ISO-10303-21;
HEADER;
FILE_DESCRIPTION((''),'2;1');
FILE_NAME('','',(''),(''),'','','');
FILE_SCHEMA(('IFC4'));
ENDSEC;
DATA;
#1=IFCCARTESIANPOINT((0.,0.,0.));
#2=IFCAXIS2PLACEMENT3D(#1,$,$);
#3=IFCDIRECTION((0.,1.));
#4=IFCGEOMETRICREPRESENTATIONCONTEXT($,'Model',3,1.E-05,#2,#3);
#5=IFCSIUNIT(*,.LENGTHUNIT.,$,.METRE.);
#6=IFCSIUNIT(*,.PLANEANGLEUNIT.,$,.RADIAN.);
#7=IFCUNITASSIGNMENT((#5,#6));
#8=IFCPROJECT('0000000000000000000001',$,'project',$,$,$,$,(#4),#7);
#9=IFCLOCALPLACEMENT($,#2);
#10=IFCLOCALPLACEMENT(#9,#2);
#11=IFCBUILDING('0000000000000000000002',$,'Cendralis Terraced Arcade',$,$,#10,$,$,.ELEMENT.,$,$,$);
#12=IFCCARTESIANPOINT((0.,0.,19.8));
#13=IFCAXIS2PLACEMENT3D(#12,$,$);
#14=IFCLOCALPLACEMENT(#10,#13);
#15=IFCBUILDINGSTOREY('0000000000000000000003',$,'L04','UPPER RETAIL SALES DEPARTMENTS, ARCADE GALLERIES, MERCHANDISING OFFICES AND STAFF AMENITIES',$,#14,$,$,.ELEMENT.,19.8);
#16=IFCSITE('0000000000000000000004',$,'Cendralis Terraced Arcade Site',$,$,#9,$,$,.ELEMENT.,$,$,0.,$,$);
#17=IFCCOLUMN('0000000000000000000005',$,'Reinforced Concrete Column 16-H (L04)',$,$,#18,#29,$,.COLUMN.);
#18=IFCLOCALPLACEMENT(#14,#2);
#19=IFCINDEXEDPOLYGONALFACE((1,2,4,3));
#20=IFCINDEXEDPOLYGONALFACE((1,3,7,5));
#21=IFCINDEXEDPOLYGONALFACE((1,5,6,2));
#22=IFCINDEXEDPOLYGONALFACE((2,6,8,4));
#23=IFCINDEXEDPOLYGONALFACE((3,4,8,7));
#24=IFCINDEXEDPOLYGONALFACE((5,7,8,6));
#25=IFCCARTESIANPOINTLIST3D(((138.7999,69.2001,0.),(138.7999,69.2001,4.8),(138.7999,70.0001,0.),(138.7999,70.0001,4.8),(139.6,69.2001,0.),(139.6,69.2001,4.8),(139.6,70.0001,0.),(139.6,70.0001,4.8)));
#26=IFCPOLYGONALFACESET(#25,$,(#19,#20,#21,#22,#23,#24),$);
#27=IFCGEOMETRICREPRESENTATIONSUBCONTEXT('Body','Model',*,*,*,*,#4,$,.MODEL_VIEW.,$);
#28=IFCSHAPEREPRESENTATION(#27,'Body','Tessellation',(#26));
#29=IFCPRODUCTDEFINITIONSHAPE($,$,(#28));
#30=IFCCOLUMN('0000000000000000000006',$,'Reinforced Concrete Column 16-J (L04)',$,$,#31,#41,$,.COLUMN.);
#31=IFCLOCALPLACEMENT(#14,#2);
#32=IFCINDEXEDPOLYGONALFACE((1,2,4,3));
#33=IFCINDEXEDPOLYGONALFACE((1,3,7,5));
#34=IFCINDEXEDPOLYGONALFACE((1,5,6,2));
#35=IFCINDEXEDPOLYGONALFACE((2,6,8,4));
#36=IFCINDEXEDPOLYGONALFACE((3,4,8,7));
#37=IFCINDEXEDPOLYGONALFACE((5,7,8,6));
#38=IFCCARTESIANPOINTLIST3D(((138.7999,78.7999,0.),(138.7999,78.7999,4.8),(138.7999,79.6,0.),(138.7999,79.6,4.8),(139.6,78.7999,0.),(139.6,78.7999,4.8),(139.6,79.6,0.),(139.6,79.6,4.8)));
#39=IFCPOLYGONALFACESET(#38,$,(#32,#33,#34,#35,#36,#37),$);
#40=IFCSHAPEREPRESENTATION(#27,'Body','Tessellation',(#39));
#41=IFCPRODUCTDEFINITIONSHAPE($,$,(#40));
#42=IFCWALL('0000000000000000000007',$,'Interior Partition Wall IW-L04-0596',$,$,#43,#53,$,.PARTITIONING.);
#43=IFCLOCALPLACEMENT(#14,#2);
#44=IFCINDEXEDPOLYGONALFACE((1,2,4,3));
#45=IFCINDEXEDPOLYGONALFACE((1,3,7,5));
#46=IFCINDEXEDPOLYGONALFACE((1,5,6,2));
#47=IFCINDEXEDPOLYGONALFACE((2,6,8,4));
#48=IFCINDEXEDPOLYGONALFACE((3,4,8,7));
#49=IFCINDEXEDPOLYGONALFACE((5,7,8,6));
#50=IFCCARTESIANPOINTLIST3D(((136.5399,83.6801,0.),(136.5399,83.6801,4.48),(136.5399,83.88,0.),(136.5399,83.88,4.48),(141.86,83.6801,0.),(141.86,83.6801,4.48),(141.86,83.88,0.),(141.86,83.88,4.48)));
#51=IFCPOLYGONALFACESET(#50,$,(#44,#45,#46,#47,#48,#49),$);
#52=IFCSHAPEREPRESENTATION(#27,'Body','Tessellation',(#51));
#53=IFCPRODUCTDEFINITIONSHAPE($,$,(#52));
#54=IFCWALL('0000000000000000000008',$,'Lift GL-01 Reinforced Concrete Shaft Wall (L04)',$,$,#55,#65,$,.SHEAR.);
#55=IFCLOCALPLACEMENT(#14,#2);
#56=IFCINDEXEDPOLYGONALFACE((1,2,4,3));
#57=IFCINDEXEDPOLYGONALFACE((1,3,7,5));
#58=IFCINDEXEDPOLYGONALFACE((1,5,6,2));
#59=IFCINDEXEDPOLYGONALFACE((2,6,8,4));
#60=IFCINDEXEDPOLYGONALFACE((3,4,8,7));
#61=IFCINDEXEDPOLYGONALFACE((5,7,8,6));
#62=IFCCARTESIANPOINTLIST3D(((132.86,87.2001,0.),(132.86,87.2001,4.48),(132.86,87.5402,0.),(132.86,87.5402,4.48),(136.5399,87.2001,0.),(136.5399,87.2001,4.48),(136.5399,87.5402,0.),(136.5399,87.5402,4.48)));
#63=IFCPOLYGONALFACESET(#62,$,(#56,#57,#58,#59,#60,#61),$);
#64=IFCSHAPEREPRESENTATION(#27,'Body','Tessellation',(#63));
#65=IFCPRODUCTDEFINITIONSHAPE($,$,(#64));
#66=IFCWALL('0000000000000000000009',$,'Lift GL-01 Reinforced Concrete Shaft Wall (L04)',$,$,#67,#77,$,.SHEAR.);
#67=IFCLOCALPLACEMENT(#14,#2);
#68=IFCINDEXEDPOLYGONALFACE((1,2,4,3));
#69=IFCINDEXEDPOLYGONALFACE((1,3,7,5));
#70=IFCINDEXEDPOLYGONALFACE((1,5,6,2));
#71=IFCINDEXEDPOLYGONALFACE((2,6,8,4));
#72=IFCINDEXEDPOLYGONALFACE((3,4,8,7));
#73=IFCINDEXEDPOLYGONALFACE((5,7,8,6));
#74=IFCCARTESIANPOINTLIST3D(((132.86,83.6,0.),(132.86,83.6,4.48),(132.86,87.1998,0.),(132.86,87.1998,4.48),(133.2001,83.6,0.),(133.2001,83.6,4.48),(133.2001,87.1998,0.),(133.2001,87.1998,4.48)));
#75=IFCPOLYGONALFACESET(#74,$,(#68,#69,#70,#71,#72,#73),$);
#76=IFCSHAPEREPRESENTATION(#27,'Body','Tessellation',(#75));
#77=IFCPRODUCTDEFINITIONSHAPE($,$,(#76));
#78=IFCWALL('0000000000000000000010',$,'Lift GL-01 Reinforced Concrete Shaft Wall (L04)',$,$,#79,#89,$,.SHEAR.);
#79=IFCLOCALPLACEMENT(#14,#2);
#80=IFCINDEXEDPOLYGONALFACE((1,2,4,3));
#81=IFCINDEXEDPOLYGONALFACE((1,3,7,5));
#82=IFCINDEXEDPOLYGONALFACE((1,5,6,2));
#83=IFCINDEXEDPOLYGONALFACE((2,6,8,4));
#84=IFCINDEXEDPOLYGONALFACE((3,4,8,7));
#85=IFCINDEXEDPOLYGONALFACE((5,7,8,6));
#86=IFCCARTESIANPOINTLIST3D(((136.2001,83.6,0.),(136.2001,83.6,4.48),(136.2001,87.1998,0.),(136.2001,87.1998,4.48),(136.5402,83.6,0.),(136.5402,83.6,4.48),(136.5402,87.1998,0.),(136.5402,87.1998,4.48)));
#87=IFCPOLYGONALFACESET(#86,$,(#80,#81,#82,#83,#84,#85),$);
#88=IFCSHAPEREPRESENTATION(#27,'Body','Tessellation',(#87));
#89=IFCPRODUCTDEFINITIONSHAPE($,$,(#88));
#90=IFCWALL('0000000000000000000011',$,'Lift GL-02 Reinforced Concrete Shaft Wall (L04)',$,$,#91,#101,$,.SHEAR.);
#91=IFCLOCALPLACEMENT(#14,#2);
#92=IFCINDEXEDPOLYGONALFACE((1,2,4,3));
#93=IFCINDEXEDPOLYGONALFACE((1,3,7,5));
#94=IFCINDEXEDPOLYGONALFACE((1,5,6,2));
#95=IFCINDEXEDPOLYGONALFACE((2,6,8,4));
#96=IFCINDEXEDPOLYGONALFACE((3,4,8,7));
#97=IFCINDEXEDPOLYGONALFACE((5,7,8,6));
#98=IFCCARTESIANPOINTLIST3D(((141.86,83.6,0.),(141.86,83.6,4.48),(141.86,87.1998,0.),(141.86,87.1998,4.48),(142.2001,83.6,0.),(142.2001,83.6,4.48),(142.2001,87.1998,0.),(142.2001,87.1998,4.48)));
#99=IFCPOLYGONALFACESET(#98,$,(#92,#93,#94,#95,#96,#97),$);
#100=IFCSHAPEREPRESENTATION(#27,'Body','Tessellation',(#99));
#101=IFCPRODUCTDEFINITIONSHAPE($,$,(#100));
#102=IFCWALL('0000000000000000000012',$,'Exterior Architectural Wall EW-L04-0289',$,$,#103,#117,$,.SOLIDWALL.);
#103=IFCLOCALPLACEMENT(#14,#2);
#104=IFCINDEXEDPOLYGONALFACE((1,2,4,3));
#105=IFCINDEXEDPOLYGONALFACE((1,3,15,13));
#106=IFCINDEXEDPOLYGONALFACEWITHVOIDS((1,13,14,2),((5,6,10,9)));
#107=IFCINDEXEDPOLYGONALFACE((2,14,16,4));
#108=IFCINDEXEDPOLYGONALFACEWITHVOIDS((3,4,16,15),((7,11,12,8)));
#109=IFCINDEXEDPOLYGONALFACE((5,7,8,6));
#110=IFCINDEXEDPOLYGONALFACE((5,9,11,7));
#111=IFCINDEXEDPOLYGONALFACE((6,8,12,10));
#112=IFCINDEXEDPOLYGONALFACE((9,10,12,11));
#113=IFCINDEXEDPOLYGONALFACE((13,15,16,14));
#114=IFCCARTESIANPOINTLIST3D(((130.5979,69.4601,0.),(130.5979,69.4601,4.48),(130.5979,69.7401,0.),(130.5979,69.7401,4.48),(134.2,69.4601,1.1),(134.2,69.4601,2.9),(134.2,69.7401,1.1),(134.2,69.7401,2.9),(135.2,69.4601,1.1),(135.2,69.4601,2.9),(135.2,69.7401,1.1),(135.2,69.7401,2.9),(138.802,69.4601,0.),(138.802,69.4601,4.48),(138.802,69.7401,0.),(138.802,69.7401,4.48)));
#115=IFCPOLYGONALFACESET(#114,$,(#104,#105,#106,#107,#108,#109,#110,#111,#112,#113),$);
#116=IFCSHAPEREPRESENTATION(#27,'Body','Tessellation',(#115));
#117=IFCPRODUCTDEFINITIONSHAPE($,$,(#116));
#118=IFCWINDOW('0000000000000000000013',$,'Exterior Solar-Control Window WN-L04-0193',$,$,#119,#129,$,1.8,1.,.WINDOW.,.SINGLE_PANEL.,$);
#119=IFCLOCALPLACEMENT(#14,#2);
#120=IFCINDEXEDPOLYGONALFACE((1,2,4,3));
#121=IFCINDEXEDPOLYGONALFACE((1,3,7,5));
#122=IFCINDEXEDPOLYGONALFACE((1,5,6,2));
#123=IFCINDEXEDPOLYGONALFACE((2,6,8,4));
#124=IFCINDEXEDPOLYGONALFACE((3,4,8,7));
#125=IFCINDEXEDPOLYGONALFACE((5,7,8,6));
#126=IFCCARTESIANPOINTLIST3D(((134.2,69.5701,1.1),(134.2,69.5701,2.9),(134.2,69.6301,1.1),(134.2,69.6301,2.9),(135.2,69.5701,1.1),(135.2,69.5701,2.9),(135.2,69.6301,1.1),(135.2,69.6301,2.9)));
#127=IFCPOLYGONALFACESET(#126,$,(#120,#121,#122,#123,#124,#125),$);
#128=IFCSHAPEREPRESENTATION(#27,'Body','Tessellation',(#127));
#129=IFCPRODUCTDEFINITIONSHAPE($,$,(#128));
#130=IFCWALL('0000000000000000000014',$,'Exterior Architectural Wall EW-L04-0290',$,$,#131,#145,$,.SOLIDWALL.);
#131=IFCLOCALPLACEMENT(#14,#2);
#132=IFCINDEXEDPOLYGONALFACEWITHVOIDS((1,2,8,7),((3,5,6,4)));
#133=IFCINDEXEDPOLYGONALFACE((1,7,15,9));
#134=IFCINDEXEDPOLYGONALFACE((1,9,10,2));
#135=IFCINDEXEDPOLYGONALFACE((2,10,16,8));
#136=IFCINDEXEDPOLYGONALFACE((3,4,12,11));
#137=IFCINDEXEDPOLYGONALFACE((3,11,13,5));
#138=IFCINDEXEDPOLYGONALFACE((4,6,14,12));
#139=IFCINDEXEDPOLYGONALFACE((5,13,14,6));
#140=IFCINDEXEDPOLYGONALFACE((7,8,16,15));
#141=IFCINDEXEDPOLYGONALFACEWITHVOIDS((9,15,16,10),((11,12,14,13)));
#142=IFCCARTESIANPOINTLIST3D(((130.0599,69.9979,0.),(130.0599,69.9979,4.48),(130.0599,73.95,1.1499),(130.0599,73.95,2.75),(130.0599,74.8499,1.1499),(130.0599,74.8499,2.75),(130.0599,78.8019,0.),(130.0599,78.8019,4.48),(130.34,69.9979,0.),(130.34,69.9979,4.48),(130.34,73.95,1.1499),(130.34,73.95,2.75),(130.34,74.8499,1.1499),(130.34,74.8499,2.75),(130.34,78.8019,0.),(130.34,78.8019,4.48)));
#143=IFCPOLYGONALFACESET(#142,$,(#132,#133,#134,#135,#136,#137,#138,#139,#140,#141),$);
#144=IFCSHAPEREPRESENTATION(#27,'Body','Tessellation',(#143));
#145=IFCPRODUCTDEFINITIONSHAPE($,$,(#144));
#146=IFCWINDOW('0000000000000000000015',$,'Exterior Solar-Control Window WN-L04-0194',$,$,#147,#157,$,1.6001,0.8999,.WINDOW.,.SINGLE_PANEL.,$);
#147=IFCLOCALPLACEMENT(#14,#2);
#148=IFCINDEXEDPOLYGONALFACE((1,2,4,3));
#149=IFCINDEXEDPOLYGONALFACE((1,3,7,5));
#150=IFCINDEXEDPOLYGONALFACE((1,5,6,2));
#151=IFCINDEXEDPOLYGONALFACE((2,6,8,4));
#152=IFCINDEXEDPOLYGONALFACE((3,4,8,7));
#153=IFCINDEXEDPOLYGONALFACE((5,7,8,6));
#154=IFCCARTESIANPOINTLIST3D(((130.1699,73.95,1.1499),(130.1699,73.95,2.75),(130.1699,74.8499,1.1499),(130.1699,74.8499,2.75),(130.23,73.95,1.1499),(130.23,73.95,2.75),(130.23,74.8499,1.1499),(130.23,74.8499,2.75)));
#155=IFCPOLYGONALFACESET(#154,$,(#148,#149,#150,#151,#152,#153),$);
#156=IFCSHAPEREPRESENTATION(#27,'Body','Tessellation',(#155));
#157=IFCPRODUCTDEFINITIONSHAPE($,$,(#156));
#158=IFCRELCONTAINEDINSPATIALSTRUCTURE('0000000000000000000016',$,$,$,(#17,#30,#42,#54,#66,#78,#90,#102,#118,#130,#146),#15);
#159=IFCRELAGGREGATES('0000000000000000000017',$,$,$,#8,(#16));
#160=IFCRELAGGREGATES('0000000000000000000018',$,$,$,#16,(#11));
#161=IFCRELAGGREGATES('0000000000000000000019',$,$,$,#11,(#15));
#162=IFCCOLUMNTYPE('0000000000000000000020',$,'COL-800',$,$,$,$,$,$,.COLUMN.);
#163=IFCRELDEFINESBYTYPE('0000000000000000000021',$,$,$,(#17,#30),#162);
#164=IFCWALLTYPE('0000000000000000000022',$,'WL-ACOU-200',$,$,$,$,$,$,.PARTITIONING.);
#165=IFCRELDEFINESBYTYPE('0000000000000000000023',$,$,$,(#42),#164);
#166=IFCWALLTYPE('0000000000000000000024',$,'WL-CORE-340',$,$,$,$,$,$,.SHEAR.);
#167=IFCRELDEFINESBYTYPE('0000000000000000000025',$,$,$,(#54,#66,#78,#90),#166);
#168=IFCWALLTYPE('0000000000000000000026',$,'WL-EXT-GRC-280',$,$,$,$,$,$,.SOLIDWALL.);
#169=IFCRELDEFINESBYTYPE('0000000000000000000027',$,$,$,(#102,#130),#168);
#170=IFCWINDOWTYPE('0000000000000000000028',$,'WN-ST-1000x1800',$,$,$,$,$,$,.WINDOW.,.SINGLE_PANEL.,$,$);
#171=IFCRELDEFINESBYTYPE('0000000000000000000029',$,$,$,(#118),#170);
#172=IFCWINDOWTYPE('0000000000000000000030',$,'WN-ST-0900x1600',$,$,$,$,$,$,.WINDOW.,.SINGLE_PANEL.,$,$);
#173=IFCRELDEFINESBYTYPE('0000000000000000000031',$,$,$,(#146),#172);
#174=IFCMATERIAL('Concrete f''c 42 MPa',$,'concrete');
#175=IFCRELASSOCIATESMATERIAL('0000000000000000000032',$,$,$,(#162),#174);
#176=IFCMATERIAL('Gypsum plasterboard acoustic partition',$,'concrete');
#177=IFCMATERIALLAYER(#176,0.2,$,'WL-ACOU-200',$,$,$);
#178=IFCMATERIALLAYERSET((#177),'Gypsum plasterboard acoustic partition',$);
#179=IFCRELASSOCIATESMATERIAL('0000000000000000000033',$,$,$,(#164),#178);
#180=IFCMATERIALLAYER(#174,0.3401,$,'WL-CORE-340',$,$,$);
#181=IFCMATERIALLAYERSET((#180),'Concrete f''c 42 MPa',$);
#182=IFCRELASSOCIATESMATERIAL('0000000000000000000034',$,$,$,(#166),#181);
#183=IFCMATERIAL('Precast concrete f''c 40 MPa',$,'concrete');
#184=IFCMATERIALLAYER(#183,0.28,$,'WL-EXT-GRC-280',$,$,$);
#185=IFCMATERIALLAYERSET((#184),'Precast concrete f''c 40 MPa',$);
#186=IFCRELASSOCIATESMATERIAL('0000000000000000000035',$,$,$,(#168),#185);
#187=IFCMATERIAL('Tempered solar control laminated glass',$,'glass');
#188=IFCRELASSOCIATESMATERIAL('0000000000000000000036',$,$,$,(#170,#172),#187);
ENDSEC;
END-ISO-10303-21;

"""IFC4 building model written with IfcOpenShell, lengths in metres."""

from ifc_helpers import new_model, si_unit, direction, frame, frame_2d, origin, origin_2d, place, context, subcontext, project, spatial, rectangle, extrude, material, layer, layer_set, material_profile, profile_set, type_object, element, fill, save


model = new_model("IFC4")

# Units and contexts
model_context = context("Model", 3, precision=1e-05, world=origin(), true_north=direction((0.0, 1.0)))
body_context = subcontext(model_context, "Body", "Model", "MODEL_VIEW")
ifc_project = project(units=[si_unit("LENGTHUNIT", "METRE"), si_unit("PLANEANGLEUNIT", "RADIAN")], contexts=[model_context])

# Site, building, storey
site_placement = place(None, origin())
site = spatial("IfcSite", under=ifc_project, at=site_placement, Name="Cendralis Terraced Arcade Site", CompositionType="ELEMENT", RefElevation=0.0)
building_placement = place(site_placement, origin())
building = spatial("IfcBuilding", under=site, at=building_placement, Name="Cendralis Terraced Arcade", CompositionType="ELEMENT")
storey_placement = place(building_placement, frame((0.0, 0.0, 19.8)))
storey = spatial("IfcBuildingStorey", under=building, at=storey_placement, Name="L04", Description="UPPER RETAIL SALES DEPARTMENTS, ARCADE GALLERIES, MERCHANDISING OFFICES AND STAFF AMENITIES", CompositionType="ELEMENT", Elevation=19.8)

# Columns
ifc_material_1 = material(Name="Concrete f'c 42 MPa", Category="concrete")
ifc_material_profile = material_profile(ifc_material_1, rectangle(XDim=0.8, YDim=0.8, at=origin_2d()), Name="RC-COL-800x800", Category="LoadBearing")
ifc_profile_set = profile_set([ifc_material_profile], Name="Concrete f'c 42 MPa")
column_type = type_object("IfcColumnType", Name="COL-800", PredefinedType="COLUMN", material=ifc_profile_set)
for number, where, z_axis, x_axis, name in (
    (1, (139.2, 69.6001, 0.0), (0.0, 0.0, 1.0), (1.0, 0.0, 0.0), "Reinforced Concrete Column 16-H (L04)"),
    (2, (139.2, 79.2, 0.0), (0.0, 0.0, 1.0), (1.0, 0.0, 0.0), "Reinforced Concrete Column 16-J (L04)"),
):
    element("IfcColumn", number, at=place(storey_placement, frame(where, z_axis=z_axis, x_axis=x_axis)), inside=storey, type_object=column_type, Name=name, PredefinedType="COLUMN", context=body_context, shape_type="SweptSolid", body=[
        extrude(rectangle(XDim=0.8, YDim=0.8, at=origin_2d()), origin(), (0.0, 0.0, 1.0), 4.8),
    ])

# Wall
ifc_material_2 = material(Name="Gypsum plasterboard acoustic partition", Category="concrete")
ifc_layer_1 = layer(ifc_material_2, 0.2, Name="WL-ACOU-200")
ifc_layer_set_1 = layer_set([ifc_layer_1], Name="Gypsum plasterboard acoustic partition")
wall_type_1 = type_object("IfcWallType", Name="WL-ACOU-200", PredefinedType="PARTITIONING", material=ifc_layer_set_1)
wall_1_placement = place(storey_placement, frame((141.8601, 83.78, 0.0), z_axis=(0.0, 0.0, 1.0), x_axis=(-1.0, 0.0, 0.0)))
element("IfcWall", 3, at=wall_1_placement, inside=storey, type_object=wall_type_1, Name="Interior Partition Wall IW-L04-0596", PredefinedType="PARTITIONING", context=body_context, shape_type="SweptSolid", body=[
    extrude(rectangle(XDim=5.3201, YDim=0.2, at=frame_2d((2.6602, 0.0))), origin(), (0.0, 0.0, 1.0), 4.48),
])

# Shared definitions
ifc_layer_2 = layer(ifc_material_1, 0.3401, Name="WL-CORE-340")
ifc_layer_set_2 = layer_set([ifc_layer_2], Name="Concrete f'c 42 MPa")
wall_type_2 = type_object("IfcWallType", Name="WL-CORE-340", PredefinedType="SHEAR", material=ifc_layer_set_2)

# Walls
wall_2_placement = place(storey_placement, frame((132.8601, 87.3701, 0.0), z_axis=(0.0, 0.0, 1.0), x_axis=(1.0, 0.0, 0.0)))
element("IfcWall", 4, at=wall_2_placement, inside=storey, type_object=wall_type_2, Name="Lift GL-01 Reinforced Concrete Shaft Wall (L04)", PredefinedType="SHEAR", context=body_context, shape_type="SweptSolid", body=[
    extrude(rectangle(XDim=3.6799, YDim=0.3401, at=frame_2d((1.8398, 0.0))), origin(), (0.0, 0.0, 1.0), 4.48),
])
for number, where, z_axis, x_axis, name in (
    (5, (133.03, 83.6001, 0.0), (0.0, 0.0, 1.0), (0.0, 1.0, 0.0), "Lift GL-01 Reinforced Concrete Shaft Wall (L04)"),
    (6, (136.3701, 83.6001, 0.0), (0.0, 0.0, 1.0), (0.0, 1.0, 0.0), "Lift GL-01 Reinforced Concrete Shaft Wall (L04)"),
):
    element("IfcWall", number, at=place(storey_placement, frame(where, z_axis=z_axis, x_axis=x_axis)), inside=storey, type_object=wall_type_2, Name=name, PredefinedType="SHEAR", context=body_context, shape_type="SweptSolid", body=[
        extrude(rectangle(XDim=3.5999, YDim=0.3401, at=frame_2d((1.7998, 0.0))), origin(), (0.0, 0.0, 1.0), 4.48),
    ])

# Wall
wall_3_placement = place(storey_placement, frame((142.03, 83.6001, 0.0), z_axis=(0.0, 0.0, 1.0), x_axis=(0.0, 1.0, 0.0)))
element("IfcWall", 7, at=wall_3_placement, inside=storey, type_object=wall_type_2, Name="Lift GL-02 Reinforced Concrete Shaft Wall (L04)", PredefinedType="SHEAR", context=body_context, shape_type="SweptSolid", body=[
    extrude(rectangle(XDim=3.5999, YDim=0.3401, at=frame_2d((1.7998, 0.0))), origin(), (0.0, 0.0, 1.0), 4.48),
])

# Walls, openings, windows
ifc_material_3 = material(Name="Precast concrete f'c 40 MPa", Category="concrete")
ifc_layer_3 = layer(ifc_material_3, 0.28, Name="WL-EXT-GRC-280")
ifc_layer_set_3 = layer_set([ifc_layer_3], Name="Precast concrete f'c 40 MPa")
wall_type_3 = type_object("IfcWallType", Name="WL-EXT-GRC-280", PredefinedType="SOLIDWALL", material=ifc_layer_set_3)
wall_4_placement = place(storey_placement, frame((138.802, 69.6001, 0.0), z_axis=(0.0, 0.0, 1.0), x_axis=(-1.0, 0.0, 0.0)))
wall_4 = element("IfcWall", 8, at=wall_4_placement, inside=storey, type_object=wall_type_3, Name="Exterior Architectural Wall EW-L04-0289", PredefinedType="SOLIDWALL", context=body_context, shape_type="SweptSolid", body=[
    extrude(rectangle(XDim=8.2041, YDim=0.28, at=frame_2d((4.1021, 0.0))), origin(), (0.0, 0.0, 1.0), 4.48),
])
opening_1_placement = place(wall_4_placement, frame((3.6021, 0.0, 1.1001)))
opening_1 = element("IfcOpeningElement", 9, at=opening_1_placement, cuts=wall_4, PredefinedType="OPENING", context=body_context, shape_type="SweptSolid", body=[
    extrude(rectangle(XDim=1.0, YDim=1.8, at=frame_2d((0.5, 0.8999))), frame((0.0, 0.1519, 0.0), z_axis=(0.0, -1.0, 0.0), x_axis=(1.0, 0.0, 0.0)), (0.0, 0.0, 1.0), 0.304),
])
ifc_material_4 = material(Name="Tempered solar control laminated glass", Category="glass")
window_type_1 = type_object("IfcWindowType", Name="WN-ST-1000x1800", PartitioningType="SINGLE_PANEL", PredefinedType="WINDOW", material=ifc_material_4)
window_1_placement = place(opening_1_placement, origin())
window_1 = element("IfcWindow", 10, at=window_1_placement, inside=storey, type_object=window_type_1, Name="Exterior Solar-Control Window WN-L04-0193", OverallHeight=1.8, OverallWidth=1.0, PartitioningType="SINGLE_PANEL", PredefinedType="WINDOW", context=body_context, shape_type="SweptSolid", body=[
    extrude(rectangle(XDim=1.0, YDim=1.8, at=frame_2d((0.5, 0.8999))), frame((0.0, 0.03, 0.0), z_axis=(0.0, -1.0, 0.0), x_axis=(1.0, 0.0, 0.0)), (0.0, 0.0, 1.0), 0.0601),
])
fill(opening_1, window_1)
wall_5_placement = place(storey_placement, frame((130.2, 69.998, 0.0), z_axis=(0.0, 0.0, 1.0), x_axis=(0.0, 1.0, 0.0)))
wall_5 = element("IfcWall", 11, at=wall_5_placement, inside=storey, type_object=wall_type_3, Name="Exterior Architectural Wall EW-L04-0290", PredefinedType="SOLIDWALL", context=body_context, shape_type="SweptSolid", body=[
    extrude(rectangle(XDim=8.804, YDim=0.28, at=frame_2d((4.4019, 0.0))), origin(), (0.0, 0.0, 1.0), 4.48),
])
opening_2_placement = place(wall_5_placement, frame((3.9519, 0.0, 1.1499)))
opening_2 = element("IfcOpeningElement", 12, at=opening_2_placement, cuts=wall_5, PredefinedType="OPENING", context=body_context, shape_type="SweptSolid", body=[
    extrude(rectangle(XDim=0.8999, YDim=1.6001, at=frame_2d((0.45, 0.8))), frame((0.0, 0.1519, 0.0), z_axis=(0.0, -1.0, 0.0), x_axis=(1.0, 0.0, 0.0)), (0.0, 0.0, 1.0), 0.304),
])
window_type_2 = type_object("IfcWindowType", Name="WN-ST-0900x1600", PartitioningType="SINGLE_PANEL", PredefinedType="WINDOW", material=ifc_material_4)
window_2_placement = place(opening_2_placement, origin())
window_2 = element("IfcWindow", 13, at=window_2_placement, inside=storey, type_object=window_type_2, Name="Exterior Solar-Control Window WN-L04-0194", OverallHeight=1.6001, OverallWidth=0.8999, PartitioningType="SINGLE_PANEL", PredefinedType="WINDOW", context=body_context, shape_type="SweptSolid", body=[
    extrude(rectangle(XDim=0.8999, YDim=1.6001, at=frame_2d((0.45, 0.8))), frame((0.0, 0.03, 0.0), z_axis=(0.0, -1.0, 0.0), x_axis=(1.0, 0.0, 0.0)), (0.0, 0.0, 1.0), 0.0601),
])
fill(opening_2, window_2)

save(model, "model.ifc")
